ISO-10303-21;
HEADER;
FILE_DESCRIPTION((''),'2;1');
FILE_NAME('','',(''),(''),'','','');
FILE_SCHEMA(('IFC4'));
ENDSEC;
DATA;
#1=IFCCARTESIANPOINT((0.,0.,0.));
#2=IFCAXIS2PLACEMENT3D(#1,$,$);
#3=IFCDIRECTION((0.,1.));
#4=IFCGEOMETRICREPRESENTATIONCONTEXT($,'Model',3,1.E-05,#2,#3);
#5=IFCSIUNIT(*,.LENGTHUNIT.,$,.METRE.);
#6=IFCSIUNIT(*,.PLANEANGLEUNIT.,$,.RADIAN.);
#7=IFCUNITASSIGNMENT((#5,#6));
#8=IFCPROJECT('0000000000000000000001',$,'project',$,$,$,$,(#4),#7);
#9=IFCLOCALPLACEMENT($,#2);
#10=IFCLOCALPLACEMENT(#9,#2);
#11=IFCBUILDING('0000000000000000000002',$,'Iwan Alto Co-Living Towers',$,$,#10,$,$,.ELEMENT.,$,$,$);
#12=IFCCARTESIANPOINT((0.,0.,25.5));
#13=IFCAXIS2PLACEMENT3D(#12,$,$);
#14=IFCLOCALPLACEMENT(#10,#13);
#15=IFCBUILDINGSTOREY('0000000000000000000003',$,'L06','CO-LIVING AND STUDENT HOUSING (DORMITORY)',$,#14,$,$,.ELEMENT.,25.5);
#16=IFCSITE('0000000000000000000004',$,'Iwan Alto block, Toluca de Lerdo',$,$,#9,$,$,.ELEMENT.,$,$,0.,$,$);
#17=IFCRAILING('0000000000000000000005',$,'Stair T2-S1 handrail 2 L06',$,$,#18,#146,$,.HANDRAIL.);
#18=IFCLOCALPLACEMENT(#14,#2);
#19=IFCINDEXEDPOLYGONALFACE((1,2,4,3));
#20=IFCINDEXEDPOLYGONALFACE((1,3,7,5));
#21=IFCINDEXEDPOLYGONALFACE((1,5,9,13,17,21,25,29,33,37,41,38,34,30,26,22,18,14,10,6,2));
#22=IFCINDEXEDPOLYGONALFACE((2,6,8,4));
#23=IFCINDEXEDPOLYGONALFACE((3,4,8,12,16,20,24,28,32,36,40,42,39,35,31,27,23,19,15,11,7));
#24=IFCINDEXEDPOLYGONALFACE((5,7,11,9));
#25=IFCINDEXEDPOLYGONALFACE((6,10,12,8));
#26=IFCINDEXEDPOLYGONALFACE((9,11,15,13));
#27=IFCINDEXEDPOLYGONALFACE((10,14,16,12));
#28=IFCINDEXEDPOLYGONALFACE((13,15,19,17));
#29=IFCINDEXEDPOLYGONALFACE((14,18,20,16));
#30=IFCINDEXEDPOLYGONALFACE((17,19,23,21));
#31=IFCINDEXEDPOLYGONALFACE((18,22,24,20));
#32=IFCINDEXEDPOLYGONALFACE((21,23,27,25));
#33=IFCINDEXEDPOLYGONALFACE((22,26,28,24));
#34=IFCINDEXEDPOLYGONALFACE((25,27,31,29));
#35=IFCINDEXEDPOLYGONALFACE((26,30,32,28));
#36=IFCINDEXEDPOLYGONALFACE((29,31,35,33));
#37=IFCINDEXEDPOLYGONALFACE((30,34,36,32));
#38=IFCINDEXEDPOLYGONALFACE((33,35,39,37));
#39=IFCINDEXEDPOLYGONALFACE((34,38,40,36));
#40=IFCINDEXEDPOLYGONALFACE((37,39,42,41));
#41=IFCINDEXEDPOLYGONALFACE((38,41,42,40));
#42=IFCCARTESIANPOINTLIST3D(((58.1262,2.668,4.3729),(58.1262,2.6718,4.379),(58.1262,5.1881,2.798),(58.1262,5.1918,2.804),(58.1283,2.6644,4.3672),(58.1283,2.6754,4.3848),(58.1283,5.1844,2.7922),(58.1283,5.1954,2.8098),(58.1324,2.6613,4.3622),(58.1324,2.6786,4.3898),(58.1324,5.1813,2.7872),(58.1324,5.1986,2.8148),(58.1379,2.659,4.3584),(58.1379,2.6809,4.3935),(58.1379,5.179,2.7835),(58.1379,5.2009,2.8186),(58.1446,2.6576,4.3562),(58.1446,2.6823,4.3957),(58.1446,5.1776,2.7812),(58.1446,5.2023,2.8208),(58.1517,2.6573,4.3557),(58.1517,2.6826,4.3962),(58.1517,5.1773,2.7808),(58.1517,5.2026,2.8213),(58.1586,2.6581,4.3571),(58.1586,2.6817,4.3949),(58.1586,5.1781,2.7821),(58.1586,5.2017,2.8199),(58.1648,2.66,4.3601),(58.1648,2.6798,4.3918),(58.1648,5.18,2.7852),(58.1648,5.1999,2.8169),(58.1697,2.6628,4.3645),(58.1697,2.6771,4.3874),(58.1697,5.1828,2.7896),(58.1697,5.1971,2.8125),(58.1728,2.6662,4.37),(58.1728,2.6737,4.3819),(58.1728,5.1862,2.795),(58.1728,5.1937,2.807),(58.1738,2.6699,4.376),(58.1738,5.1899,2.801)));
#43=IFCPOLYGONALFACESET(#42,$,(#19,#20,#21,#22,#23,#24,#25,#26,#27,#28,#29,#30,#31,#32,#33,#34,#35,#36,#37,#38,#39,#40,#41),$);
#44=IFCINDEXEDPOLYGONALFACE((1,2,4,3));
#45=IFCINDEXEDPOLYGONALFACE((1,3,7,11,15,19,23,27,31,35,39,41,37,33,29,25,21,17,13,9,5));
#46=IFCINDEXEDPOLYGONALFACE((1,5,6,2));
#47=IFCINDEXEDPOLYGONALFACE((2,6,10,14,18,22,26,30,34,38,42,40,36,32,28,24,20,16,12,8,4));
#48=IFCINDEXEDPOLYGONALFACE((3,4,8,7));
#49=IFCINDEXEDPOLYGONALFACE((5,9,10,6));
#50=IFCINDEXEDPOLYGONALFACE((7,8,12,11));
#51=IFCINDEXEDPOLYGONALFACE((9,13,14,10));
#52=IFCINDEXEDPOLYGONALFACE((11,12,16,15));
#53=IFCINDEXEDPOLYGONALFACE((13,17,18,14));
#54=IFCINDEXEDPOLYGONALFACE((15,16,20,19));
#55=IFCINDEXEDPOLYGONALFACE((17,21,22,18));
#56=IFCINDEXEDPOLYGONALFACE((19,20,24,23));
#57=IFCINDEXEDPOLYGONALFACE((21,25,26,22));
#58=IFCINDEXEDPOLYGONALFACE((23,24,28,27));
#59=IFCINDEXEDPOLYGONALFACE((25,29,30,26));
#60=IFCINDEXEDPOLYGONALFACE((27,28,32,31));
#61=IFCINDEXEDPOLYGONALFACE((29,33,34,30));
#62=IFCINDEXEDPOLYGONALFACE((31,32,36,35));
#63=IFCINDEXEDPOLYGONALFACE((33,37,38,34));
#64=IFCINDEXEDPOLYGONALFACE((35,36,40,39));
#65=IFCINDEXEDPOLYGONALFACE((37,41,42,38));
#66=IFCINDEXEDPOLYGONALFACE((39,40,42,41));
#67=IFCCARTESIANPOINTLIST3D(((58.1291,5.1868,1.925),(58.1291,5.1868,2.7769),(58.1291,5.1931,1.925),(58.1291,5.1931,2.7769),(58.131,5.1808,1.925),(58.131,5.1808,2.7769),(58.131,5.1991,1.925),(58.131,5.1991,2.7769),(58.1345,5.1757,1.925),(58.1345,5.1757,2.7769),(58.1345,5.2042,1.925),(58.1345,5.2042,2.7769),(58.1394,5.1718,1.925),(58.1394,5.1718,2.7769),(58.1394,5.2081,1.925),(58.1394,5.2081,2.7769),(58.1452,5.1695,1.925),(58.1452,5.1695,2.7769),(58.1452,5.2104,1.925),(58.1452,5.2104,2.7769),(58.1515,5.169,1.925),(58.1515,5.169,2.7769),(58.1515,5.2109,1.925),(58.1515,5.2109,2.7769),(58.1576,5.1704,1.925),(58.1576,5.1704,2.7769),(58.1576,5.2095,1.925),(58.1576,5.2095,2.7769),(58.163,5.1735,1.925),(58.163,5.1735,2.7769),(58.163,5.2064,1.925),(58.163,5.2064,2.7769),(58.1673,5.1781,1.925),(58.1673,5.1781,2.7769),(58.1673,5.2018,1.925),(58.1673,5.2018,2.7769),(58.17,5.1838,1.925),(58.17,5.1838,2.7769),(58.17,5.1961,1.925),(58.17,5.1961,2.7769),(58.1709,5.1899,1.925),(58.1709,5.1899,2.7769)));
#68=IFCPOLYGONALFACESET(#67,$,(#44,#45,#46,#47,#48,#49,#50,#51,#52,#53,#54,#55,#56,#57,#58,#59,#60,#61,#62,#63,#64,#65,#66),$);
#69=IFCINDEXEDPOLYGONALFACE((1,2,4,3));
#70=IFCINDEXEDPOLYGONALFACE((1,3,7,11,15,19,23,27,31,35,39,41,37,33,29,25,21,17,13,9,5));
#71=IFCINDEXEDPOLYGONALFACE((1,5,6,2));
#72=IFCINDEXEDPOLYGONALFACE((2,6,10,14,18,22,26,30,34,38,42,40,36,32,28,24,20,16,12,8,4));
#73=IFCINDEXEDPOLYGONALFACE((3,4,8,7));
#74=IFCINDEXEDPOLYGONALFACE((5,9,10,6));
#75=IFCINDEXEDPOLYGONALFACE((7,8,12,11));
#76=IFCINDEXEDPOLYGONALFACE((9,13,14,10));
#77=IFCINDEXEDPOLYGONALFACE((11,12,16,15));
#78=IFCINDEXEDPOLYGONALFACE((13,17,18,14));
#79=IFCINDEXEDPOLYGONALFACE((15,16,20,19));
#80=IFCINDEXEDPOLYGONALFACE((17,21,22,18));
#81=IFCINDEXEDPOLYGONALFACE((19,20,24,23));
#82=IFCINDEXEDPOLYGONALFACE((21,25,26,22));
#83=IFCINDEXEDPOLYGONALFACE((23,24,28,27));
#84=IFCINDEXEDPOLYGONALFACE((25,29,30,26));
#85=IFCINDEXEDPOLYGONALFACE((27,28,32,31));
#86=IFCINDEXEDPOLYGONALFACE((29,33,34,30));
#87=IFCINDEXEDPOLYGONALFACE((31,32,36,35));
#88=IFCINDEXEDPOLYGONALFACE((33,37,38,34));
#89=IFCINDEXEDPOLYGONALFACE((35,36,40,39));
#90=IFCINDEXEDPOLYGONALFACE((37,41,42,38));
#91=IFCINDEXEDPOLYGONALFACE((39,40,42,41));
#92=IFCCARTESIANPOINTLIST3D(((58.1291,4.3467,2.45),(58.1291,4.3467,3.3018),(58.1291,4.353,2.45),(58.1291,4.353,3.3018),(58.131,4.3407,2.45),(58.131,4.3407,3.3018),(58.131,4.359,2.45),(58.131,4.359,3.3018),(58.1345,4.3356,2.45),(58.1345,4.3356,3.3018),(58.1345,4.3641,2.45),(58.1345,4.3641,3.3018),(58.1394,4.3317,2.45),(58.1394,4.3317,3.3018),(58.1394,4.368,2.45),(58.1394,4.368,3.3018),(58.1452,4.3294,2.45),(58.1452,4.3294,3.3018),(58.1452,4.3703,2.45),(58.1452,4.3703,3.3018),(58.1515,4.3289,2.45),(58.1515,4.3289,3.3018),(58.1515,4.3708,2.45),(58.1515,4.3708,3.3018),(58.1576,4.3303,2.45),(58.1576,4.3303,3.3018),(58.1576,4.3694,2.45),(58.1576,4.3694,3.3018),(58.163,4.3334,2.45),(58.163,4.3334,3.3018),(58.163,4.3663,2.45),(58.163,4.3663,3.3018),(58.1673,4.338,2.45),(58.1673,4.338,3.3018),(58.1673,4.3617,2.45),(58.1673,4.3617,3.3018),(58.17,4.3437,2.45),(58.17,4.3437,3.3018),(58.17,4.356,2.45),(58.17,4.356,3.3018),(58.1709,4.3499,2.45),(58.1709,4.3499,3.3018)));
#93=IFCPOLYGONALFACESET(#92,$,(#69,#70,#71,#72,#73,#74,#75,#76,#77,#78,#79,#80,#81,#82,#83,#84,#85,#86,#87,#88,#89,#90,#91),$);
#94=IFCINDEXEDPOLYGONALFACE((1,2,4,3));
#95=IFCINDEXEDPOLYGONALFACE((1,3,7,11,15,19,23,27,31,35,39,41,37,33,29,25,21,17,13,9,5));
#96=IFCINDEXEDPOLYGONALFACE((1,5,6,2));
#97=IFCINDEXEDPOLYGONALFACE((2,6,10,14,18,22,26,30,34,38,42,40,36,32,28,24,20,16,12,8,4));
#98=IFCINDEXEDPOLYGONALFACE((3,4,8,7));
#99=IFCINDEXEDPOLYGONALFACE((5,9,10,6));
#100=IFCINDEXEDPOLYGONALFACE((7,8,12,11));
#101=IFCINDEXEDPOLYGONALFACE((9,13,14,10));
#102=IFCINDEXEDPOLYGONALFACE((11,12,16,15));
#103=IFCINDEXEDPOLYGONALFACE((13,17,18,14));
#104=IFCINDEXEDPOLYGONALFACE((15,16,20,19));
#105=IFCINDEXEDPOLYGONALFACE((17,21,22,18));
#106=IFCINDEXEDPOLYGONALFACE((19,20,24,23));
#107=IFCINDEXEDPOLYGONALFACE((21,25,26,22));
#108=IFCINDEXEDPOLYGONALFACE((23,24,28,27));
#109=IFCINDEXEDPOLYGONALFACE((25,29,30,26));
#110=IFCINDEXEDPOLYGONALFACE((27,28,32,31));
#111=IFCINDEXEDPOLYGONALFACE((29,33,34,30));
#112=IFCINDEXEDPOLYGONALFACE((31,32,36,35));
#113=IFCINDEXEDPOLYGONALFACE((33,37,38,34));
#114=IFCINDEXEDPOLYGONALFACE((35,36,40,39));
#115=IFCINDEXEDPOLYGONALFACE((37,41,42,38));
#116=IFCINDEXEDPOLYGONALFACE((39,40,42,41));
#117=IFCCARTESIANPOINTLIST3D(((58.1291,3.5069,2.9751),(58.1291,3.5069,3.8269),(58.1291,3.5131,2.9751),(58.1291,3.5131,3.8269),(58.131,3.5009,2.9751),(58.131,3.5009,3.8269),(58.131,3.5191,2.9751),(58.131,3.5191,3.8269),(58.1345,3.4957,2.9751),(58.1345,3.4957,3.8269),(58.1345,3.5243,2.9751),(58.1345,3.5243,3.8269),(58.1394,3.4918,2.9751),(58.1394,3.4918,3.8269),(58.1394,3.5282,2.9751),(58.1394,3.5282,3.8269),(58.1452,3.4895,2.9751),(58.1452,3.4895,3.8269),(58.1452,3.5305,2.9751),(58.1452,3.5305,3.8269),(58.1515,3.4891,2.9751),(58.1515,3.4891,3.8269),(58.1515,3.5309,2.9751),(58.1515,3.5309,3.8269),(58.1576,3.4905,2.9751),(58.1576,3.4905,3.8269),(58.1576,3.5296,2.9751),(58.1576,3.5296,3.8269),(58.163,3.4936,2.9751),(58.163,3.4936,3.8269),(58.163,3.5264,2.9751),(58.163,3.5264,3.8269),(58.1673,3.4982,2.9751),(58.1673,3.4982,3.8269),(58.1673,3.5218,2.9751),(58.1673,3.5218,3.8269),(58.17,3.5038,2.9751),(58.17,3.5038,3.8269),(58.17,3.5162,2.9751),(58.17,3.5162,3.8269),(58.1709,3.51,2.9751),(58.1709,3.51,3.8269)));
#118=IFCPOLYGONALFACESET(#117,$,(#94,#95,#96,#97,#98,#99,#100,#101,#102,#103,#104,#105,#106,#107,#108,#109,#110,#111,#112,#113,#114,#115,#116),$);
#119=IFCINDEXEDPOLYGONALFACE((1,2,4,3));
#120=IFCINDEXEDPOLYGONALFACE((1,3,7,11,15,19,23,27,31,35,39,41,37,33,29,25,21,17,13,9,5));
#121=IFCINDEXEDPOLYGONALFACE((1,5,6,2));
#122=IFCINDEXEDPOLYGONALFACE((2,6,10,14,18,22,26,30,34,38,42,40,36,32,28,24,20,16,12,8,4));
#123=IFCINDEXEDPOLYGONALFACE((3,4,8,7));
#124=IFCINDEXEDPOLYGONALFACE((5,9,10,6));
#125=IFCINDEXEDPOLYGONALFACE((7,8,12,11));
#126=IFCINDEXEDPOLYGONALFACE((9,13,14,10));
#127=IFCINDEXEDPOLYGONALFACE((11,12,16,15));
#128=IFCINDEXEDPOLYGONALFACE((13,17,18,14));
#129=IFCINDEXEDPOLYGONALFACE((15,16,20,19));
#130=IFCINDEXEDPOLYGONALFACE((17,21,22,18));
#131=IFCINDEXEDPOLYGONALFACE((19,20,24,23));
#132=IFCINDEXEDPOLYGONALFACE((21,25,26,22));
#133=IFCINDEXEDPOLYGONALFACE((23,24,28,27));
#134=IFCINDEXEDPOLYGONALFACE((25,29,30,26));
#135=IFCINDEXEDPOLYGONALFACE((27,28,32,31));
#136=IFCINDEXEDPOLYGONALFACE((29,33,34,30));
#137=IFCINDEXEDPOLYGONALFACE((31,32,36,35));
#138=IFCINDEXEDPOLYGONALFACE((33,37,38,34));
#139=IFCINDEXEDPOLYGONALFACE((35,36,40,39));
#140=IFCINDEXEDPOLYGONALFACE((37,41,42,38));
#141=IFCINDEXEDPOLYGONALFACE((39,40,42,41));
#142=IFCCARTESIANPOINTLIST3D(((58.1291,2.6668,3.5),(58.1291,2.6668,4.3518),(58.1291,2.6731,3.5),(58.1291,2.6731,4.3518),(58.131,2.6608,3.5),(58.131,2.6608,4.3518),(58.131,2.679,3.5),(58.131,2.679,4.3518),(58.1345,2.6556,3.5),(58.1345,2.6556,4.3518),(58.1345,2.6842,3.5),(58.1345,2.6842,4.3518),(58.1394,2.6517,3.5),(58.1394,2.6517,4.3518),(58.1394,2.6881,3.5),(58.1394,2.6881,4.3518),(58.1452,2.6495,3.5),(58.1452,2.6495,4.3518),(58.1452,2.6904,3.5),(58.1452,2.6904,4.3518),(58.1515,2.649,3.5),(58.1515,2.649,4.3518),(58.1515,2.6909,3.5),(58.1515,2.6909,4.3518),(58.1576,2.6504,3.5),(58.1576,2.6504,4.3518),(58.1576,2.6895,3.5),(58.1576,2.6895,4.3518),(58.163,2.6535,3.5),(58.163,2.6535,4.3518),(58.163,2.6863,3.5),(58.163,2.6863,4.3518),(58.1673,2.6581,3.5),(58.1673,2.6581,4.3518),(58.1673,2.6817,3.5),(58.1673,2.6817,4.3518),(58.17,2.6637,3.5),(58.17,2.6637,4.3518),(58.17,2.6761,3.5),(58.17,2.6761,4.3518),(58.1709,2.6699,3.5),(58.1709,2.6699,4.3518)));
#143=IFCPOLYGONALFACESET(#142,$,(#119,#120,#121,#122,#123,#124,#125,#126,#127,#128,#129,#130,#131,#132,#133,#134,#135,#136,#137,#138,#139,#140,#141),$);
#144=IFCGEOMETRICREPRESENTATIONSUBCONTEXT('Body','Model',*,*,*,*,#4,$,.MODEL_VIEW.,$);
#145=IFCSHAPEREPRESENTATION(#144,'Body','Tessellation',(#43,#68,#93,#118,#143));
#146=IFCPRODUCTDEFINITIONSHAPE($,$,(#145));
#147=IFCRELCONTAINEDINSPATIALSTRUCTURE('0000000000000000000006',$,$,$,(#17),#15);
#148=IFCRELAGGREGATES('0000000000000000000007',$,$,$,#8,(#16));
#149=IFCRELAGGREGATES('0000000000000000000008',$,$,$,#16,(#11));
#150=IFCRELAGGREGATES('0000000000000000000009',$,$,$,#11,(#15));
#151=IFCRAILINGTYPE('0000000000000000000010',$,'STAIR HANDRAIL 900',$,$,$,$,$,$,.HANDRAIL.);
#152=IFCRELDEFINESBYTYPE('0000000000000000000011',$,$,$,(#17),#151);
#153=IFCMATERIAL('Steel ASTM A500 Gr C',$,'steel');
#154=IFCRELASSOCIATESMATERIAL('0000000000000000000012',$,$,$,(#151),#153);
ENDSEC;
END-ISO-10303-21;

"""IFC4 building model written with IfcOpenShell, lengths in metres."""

from ifc_helpers import new_model, si_unit, direction, frame, origin, origin_2d, place, context, subcontext, project, spatial, circle, extrude, material, type_object, element, save


model = new_model("IFC4")

# Units and contexts
model_context = context("Model", 3, precision=1e-05, world=origin(), true_north=direction((0.0, 1.0)))
body_context = subcontext(model_context, "Body", "Model", "MODEL_VIEW")
ifc_project = project(units=[si_unit("LENGTHUNIT", "METRE"), si_unit("PLANEANGLEUNIT", "RADIAN")], contexts=[model_context])

# Site, building, storey
site_placement = place(None, origin())
site = spatial("IfcSite", under=ifc_project, at=site_placement, Name="Iwan Alto block, Toluca de Lerdo", CompositionType="ELEMENT", RefElevation=0.0)
building_placement = place(site_placement, origin())
building = spatial("IfcBuilding", under=site, at=building_placement, Name="Iwan Alto Co-Living Towers", CompositionType="ELEMENT")
storey_placement = place(building_placement, frame((0.0, 0.0, 25.5)))
storey = spatial("IfcBuildingStorey", under=building, at=storey_placement, Name="L06", Description="CO-LIVING AND STUDENT HOUSING (DORMITORY)", CompositionType="ELEMENT", Elevation=25.5)

# Railing
ifc_material_1 = material(Name="Steel ASTM A500 Gr C", Category="steel")
railing_type_1 = type_object("IfcRailingType", Name="STAIR HANDRAIL 900", PredefinedType="HANDRAIL", material=ifc_material_1)
railing_1_placement = place(storey_placement, frame((58.1499, 5.1899, 1.925)))
element("IfcRailing", 1, at=railing_1_placement, inside=storey, type_object=railing_type_1, Name="Stair T2-S1 handrail 2 L06", PredefinedType="HANDRAIL", context=body_context, shape_type="SweptSolid", body=[
    extrude(circle(Radius=0.0239, at=origin_2d()), frame((0.0, 0.0, 0.876), z_axis=(0.0, -0.848008, 0.529984), x_axis=(1.0, 0.0, 0.0)), (0.0, 0.0, 1.0), 2.9717),
    extrude(circle(Radius=0.021, at=origin_2d()), origin(), (0.0, 0.0, 1.0), 0.8518),
    extrude(circle(Radius=0.021, at=origin_2d()), frame((0.0, -0.8401, 0.5249)), (0.0, 0.0, 1.0), 0.8518),
    extrude(circle(Radius=0.021, at=origin_2d()), frame((0.0, -1.6799, 1.05)), (0.0, 0.0, 1.0), 0.8518),
    extrude(circle(Radius=0.021, at=origin_2d()), frame((0.0, -2.52, 1.575)), (0.0, 0.0, 1.0), 0.8518),
])

save(model, "model.ifc")
